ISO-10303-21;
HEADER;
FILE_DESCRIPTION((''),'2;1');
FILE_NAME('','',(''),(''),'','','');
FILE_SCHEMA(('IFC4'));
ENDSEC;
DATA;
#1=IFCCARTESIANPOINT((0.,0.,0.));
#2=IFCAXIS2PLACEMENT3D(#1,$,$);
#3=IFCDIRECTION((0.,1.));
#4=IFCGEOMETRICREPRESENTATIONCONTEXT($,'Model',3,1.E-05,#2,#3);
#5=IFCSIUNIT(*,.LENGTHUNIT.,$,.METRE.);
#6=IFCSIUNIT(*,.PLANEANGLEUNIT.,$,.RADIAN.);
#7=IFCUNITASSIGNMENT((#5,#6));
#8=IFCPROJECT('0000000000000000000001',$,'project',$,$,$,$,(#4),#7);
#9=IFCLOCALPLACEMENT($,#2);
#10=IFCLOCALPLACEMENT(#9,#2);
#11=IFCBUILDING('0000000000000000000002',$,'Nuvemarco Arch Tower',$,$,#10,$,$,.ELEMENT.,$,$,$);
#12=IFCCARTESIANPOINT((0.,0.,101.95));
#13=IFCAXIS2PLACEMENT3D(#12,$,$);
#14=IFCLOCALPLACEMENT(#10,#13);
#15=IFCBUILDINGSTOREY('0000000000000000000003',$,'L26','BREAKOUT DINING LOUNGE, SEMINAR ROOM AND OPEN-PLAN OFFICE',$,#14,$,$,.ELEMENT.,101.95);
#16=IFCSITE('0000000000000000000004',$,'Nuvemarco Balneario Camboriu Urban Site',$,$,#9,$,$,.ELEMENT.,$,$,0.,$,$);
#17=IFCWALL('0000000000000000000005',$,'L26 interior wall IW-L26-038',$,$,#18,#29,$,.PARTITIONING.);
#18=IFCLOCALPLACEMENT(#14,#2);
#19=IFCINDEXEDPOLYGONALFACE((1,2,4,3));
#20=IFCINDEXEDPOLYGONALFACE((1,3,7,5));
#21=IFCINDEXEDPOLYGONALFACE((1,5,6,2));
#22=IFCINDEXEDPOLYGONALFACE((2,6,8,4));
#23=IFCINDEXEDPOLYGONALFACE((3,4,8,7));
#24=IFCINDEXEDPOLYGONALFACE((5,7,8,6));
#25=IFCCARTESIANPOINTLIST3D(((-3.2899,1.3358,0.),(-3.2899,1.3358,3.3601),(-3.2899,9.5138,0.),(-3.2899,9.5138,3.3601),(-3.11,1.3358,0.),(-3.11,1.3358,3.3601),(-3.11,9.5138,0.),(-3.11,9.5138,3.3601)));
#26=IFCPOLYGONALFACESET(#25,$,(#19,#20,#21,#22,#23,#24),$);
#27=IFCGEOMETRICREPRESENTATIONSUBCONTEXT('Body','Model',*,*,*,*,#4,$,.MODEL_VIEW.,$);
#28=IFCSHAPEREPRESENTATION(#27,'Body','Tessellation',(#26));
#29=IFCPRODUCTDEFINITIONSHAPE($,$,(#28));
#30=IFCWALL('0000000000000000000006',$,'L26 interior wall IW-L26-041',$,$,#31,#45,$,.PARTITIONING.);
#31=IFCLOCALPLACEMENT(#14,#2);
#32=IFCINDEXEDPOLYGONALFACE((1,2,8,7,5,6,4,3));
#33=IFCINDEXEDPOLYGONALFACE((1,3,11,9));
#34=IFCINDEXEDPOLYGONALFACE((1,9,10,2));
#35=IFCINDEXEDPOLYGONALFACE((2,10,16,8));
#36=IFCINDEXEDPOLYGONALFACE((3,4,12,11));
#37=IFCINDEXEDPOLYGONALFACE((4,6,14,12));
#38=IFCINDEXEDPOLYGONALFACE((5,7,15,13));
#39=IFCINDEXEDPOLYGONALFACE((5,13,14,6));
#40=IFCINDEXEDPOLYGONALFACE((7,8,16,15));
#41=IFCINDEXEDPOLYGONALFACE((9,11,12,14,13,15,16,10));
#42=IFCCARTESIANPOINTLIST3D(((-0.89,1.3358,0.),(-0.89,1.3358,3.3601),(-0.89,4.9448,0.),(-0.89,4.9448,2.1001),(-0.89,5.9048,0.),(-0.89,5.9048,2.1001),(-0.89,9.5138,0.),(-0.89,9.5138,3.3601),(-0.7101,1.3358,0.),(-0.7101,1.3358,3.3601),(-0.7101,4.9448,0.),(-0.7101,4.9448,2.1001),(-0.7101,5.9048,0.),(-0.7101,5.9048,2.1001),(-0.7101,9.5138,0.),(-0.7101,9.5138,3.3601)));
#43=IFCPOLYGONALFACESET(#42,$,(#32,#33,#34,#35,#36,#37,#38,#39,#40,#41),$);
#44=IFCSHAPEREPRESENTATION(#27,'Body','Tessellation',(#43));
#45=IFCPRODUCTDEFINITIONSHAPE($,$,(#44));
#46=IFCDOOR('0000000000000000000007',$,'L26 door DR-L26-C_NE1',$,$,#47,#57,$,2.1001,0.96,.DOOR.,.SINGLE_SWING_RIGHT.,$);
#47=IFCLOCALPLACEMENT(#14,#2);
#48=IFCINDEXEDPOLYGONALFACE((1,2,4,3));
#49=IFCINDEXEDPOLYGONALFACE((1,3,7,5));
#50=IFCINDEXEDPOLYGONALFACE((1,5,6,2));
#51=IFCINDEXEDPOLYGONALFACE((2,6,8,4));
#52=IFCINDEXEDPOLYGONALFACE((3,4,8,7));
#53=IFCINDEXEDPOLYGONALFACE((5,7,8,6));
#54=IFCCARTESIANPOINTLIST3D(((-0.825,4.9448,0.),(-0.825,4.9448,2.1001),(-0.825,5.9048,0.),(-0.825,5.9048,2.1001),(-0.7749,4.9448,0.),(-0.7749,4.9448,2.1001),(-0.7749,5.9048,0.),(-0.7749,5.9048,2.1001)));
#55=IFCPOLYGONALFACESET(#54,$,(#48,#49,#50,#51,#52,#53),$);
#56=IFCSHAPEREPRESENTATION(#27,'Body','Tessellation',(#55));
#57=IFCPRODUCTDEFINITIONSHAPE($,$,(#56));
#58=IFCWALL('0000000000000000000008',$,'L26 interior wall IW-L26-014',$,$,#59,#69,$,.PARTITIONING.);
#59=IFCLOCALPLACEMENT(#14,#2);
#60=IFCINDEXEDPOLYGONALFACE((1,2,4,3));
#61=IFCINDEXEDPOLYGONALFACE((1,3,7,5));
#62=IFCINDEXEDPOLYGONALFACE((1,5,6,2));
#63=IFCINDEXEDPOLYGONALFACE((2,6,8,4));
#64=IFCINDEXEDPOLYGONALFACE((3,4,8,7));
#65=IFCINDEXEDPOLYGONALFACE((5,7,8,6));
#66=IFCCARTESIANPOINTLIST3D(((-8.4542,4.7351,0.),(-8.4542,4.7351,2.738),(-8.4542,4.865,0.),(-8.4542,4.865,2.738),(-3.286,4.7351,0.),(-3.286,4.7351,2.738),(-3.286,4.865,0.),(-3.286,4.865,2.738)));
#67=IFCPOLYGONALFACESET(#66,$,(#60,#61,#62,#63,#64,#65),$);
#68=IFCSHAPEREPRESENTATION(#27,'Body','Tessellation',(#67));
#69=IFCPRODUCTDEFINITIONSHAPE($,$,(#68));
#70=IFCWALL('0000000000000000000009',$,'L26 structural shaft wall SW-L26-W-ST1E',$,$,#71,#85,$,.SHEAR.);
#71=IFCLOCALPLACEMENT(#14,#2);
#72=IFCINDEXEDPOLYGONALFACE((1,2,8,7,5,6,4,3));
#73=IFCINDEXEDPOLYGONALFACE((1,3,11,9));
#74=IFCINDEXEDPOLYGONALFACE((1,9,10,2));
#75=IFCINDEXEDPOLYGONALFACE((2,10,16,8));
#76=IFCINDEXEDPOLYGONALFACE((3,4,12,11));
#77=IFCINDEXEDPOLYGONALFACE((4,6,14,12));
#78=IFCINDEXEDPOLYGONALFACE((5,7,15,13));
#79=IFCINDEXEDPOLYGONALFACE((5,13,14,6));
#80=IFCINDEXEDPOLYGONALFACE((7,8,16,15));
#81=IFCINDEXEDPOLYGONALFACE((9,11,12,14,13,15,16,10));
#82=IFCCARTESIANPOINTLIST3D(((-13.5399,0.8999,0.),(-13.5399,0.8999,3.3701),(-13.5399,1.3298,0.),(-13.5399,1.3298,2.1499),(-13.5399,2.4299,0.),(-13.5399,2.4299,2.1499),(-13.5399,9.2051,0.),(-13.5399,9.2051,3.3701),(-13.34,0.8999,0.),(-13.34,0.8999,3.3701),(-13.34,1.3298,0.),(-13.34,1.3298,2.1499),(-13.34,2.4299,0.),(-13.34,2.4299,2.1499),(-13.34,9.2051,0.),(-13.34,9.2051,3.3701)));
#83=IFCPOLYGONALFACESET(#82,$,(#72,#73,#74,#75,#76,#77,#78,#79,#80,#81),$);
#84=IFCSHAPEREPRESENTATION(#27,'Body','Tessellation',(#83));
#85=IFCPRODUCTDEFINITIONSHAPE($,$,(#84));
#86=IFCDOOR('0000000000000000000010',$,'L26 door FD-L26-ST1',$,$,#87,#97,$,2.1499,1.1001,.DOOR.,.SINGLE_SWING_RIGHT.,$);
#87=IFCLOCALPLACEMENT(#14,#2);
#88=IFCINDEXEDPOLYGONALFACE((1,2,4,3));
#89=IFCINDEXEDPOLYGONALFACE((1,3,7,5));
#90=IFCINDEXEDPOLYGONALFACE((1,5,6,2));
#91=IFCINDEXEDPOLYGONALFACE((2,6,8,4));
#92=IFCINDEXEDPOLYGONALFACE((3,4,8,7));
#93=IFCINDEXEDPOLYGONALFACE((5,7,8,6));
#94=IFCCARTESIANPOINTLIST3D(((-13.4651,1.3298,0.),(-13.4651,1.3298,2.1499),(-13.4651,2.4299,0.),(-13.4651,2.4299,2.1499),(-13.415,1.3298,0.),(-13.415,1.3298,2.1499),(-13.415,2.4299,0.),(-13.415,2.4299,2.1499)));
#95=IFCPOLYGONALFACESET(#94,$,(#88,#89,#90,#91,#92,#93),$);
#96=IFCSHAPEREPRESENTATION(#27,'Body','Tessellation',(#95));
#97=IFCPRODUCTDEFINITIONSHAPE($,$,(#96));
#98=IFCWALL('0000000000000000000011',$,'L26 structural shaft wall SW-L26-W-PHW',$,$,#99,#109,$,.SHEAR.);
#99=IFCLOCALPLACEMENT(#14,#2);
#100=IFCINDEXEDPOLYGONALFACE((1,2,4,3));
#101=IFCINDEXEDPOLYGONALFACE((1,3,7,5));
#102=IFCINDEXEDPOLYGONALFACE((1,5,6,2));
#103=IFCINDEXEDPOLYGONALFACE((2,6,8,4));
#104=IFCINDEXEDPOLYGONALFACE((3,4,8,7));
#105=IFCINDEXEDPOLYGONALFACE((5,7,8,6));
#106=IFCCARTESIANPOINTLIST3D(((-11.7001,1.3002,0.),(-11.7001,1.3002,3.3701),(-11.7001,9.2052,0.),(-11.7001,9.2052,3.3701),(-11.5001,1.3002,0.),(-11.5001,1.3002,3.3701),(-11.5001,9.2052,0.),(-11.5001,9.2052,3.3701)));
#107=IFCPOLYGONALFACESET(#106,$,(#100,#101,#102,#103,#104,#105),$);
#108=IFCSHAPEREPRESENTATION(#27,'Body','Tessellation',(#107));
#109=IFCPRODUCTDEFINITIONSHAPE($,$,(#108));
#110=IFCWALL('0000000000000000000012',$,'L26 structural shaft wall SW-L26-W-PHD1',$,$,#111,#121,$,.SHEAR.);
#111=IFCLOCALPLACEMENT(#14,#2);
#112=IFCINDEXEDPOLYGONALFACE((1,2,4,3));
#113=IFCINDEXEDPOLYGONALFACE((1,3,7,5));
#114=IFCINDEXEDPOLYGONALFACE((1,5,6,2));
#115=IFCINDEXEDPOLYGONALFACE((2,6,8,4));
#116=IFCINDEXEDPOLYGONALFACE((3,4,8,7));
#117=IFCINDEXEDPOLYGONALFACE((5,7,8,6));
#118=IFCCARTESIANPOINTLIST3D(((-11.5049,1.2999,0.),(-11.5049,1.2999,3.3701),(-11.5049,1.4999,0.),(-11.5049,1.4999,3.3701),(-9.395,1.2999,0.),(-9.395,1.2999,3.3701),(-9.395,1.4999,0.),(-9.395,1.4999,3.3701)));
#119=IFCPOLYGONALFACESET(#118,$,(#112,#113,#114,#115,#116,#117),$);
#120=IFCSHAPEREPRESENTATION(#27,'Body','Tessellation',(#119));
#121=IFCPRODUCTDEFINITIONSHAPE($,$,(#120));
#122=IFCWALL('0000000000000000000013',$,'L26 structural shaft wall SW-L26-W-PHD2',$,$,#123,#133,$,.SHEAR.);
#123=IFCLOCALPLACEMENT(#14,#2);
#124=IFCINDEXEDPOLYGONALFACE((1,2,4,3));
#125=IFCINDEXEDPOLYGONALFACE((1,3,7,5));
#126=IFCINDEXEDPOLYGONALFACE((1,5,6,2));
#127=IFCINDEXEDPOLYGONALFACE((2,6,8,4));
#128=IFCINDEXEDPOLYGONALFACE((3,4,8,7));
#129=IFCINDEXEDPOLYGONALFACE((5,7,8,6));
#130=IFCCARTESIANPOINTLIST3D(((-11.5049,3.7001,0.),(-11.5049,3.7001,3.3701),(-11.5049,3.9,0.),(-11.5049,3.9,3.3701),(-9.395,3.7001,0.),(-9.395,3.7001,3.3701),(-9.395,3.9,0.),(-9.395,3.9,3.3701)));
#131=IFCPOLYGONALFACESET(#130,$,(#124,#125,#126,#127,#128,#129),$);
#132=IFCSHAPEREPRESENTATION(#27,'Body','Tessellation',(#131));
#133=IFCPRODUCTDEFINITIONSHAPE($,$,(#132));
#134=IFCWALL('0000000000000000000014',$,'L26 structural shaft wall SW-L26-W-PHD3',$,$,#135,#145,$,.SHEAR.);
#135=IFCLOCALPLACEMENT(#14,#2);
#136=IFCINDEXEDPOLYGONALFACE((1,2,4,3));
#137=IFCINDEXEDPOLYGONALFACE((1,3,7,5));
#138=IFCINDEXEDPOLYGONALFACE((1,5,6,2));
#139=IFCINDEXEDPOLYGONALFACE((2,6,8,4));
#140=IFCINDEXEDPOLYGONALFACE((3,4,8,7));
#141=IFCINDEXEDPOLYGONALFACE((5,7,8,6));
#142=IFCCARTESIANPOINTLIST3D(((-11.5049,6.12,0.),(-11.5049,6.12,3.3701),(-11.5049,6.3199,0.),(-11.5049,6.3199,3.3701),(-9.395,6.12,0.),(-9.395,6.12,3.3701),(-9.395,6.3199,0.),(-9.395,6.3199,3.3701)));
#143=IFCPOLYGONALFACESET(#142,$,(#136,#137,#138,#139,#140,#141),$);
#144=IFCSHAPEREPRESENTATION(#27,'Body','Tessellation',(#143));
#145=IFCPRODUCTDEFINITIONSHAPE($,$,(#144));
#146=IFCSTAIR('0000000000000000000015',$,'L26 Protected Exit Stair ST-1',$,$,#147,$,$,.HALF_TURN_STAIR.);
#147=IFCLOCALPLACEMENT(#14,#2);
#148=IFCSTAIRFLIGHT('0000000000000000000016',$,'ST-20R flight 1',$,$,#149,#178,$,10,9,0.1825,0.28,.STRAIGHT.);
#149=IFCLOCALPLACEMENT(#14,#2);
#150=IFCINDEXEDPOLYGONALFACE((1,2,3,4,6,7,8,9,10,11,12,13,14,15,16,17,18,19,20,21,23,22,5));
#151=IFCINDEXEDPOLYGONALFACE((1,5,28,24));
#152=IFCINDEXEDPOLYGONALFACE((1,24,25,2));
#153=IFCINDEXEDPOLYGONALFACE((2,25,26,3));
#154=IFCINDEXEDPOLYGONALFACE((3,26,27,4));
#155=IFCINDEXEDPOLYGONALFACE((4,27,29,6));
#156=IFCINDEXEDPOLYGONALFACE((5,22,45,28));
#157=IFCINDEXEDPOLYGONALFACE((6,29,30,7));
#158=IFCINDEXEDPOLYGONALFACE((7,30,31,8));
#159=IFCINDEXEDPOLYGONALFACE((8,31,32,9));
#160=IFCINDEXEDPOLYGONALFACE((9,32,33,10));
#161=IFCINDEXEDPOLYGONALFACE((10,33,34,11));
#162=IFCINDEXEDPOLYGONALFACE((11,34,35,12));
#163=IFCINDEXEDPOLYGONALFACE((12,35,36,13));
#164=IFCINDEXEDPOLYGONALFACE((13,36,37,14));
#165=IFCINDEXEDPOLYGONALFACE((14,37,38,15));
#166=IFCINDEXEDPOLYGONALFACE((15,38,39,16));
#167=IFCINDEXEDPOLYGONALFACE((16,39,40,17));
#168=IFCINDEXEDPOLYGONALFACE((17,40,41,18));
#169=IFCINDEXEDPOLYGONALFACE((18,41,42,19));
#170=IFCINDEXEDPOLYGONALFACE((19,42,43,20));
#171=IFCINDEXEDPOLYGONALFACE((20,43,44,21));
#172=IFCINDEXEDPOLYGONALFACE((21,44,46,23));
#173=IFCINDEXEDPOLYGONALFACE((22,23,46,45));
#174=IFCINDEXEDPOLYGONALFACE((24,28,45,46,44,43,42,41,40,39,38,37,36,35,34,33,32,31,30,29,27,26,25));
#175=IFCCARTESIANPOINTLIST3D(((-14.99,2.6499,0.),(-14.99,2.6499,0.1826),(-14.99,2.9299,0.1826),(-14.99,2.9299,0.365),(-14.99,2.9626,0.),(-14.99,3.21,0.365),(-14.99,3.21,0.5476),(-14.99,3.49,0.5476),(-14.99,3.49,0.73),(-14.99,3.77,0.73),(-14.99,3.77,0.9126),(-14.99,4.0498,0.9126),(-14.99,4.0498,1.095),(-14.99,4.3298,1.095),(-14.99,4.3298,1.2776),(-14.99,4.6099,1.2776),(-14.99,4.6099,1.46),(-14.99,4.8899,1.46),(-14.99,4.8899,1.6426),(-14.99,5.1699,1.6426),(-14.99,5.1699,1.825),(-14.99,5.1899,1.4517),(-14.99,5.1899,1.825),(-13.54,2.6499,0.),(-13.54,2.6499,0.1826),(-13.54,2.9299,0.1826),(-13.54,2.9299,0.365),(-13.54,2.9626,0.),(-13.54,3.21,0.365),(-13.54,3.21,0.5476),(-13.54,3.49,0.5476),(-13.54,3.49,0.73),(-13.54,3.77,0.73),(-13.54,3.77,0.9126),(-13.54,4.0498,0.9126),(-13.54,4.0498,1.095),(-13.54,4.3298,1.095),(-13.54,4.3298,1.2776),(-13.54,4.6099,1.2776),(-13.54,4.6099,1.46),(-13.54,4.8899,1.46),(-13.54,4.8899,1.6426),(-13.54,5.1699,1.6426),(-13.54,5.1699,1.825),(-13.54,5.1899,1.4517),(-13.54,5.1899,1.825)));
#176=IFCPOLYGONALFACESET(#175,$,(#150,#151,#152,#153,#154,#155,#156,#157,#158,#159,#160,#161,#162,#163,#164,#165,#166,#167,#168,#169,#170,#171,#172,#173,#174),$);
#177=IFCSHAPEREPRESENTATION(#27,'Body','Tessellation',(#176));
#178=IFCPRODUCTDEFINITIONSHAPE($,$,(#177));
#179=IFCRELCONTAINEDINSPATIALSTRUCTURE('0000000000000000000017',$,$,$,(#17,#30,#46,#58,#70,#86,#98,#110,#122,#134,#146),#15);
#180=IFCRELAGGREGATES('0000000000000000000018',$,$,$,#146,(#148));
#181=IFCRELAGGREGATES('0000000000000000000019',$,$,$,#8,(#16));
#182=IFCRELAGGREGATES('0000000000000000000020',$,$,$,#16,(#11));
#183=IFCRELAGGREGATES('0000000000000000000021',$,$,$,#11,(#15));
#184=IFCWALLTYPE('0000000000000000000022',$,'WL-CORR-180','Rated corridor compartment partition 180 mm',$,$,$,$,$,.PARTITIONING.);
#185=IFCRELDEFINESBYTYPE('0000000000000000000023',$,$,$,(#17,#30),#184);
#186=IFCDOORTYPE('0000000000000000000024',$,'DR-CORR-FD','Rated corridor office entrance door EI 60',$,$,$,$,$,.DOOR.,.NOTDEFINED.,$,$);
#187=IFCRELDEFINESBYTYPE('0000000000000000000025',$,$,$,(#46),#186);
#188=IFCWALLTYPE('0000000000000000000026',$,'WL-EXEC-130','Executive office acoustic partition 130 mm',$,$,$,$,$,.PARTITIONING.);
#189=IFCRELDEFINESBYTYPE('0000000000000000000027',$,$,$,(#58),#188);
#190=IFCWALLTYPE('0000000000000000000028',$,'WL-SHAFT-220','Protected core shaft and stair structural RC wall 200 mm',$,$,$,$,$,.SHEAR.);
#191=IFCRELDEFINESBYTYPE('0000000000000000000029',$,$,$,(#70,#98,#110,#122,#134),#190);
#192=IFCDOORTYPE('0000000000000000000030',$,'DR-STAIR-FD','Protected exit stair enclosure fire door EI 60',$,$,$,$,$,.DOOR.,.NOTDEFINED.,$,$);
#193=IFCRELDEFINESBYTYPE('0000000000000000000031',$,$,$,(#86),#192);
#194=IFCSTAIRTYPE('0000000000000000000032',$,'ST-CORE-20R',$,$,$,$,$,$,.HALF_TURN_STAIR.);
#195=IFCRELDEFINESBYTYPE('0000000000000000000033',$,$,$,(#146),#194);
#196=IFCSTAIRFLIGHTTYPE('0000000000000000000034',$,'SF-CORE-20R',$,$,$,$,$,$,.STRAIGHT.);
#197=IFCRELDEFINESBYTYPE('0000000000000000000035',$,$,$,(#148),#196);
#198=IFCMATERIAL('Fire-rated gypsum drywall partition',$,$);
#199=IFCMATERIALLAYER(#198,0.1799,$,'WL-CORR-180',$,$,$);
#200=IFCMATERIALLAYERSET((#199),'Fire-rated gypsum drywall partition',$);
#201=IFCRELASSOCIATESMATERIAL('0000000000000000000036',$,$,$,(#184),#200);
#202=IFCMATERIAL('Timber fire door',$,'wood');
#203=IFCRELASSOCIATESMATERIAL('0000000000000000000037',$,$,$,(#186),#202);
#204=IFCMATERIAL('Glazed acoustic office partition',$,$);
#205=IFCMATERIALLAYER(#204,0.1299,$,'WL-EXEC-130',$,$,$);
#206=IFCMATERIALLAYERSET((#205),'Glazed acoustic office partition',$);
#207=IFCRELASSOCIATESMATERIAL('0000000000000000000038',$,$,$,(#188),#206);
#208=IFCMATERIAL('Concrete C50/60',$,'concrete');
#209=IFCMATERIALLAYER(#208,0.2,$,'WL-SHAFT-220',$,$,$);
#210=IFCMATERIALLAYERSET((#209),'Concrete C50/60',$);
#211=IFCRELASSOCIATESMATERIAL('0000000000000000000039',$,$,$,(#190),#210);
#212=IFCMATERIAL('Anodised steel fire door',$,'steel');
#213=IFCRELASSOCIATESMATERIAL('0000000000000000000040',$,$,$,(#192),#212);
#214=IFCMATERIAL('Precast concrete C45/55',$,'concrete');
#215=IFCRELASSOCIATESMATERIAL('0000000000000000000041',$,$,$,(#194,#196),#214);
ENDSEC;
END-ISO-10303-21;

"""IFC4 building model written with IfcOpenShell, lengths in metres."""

from ifc_helpers import new_model, si_unit, direction, frame, frame_2d, origin, place, context, subcontext, project, spatial, polyline, rectangle, outline, extrude, source, transform, mapped, material, layer, layer_set, type_object, type_shapes, element, fill, aggregate, save


model = new_model("IFC4")

# Units and contexts
model_context = context("Model", 3, precision=1e-05, world=origin(), true_north=direction((0.0, 1.0)))
body_context = subcontext(model_context, "Body", "Model", "MODEL_VIEW")
ifc_project = project(units=[si_unit("LENGTHUNIT", "METRE"), si_unit("PLANEANGLEUNIT", "RADIAN")], contexts=[model_context])

# Site, building, storey
site_placement = place(None, origin())
site = spatial("IfcSite", under=ifc_project, at=site_placement, Name="Nuvemarco Balneario Camboriu Urban Site", CompositionType="ELEMENT", RefElevation=0.0)
building_placement = place(site_placement, origin())
building = spatial("IfcBuilding", under=site, at=building_placement, Name="Nuvemarco Arch Tower", CompositionType="ELEMENT")
storey_placement = place(building_placement, frame((0.0, 0.0, 101.95)))
storey = spatial("IfcBuildingStorey", under=building, at=storey_placement, Name="L26", Description="BREAKOUT DINING LOUNGE, SEMINAR ROOM AND OPEN-PLAN OFFICE", CompositionType="ELEMENT", Elevation=101.95)

# Shared definitions
ifc_material_1 = material(Name="Fire-rated gypsum drywall partition")
ifc_layer_1 = layer(ifc_material_1, 0.1799, Name="WL-CORR-180")
ifc_layer_set_1 = layer_set([ifc_layer_1], Name="Fire-rated gypsum drywall partition")
wall_type_1 = type_object("IfcWallType", Name="WL-CORR-180", Description="Rated corridor compartment partition 180 mm", PredefinedType="PARTITIONING", material=ifc_layer_set_1)
ifc_material_2 = material(Name="Timber fire door", Category="wood")
door_type_1 = type_object("IfcDoorType", Name="DR-CORR-FD", Description="Rated corridor office entrance door EI 60", OperationType="NOTDEFINED", PredefinedType="DOOR", material=ifc_material_2)
shared_shape_1 = source(origin(), body_context, "Body", "SweptSolid", [
    extrude(rectangle(XDim=0.96, YDim=2.1001, at=frame_2d((0.48, 1.05))), frame((0.0, 0.0249, 0.0), z_axis=(0.0, -1.0, 0.0), x_axis=(1.0, 0.0, 0.0)), (0.0, 0.0, 1.0), 0.05),
])
type_shapes(door_type_1, [shared_shape_1])

# Wall
wall_1_placement = place(storey_placement, frame((-3.2, 1.3359, 0.0), z_axis=(0.0, 0.0, 1.0), x_axis=(0.0, 1.0, 0.0)))
element("IfcWall", 1, at=wall_1_placement, inside=storey, type_object=wall_type_1, Name="L26 interior wall IW-L26-038", PredefinedType="PARTITIONING", context=body_context, shape_type="SweptSolid", body=[
    extrude(rectangle(XDim=8.178, YDim=0.1799, at=frame_2d((4.0889, 0.0))), origin(), (0.0, 0.0, 1.0), 3.3601),
])

# Wall, opening, door
wall_2_placement = place(storey_placement, frame((-0.8, 1.3359, 0.0), z_axis=(0.0, 0.0, 1.0), x_axis=(0.0, 1.0, 0.0)))
wall_2 = element("IfcWall", 2, at=wall_2_placement, inside=storey, type_object=wall_type_1, Name="L26 interior wall IW-L26-041", PredefinedType="PARTITIONING", context=body_context, shape_type="SweptSolid", body=[
    extrude(rectangle(XDim=8.178, YDim=0.1799, at=frame_2d((4.0889, 0.0))), origin(), (0.0, 0.0, 1.0), 3.3601),
])
opening_1_placement = place(wall_2_placement, frame((3.6089, 0.0, 0.0)))
opening_1 = element("IfcOpeningElement", 3, at=opening_1_placement, cuts=wall_2, PredefinedType="OPENING", context=body_context, shape_type="SweptSolid", body=[
    extrude(rectangle(XDim=0.96, YDim=2.1001, at=frame_2d((0.48, 1.05))), frame((0.0, 0.0999, 0.0), z_axis=(0.0, -1.0, 0.0), x_axis=(1.0, 0.0, 0.0)), (0.0, 0.0, 1.0), 0.2),
])
door_1_placement = place(opening_1_placement, origin())
door_1 = element("IfcDoor", 4, at=door_1_placement, inside=storey, type_object=door_type_1, Name="L26 door DR-L26-C_NE1", OperationType="SINGLE_SWING_RIGHT", OverallHeight=2.1001, OverallWidth=0.96, PredefinedType="DOOR", context=body_context, shape_type="MappedRepresentation", body=[
    mapped(shared_shape_1, transform((0.0, 0.0, 0.0), scale=1.0)),
])
fill(opening_1, door_1)

# Wall
ifc_material_3 = material(Name="Glazed acoustic office partition")
ifc_layer_2 = layer(ifc_material_3, 0.1299, Name="WL-EXEC-130")
ifc_layer_set_2 = layer_set([ifc_layer_2], Name="Glazed acoustic office partition")
wall_type_2 = type_object("IfcWallType", Name="WL-EXEC-130", Description="Executive office acoustic partition 130 mm", PredefinedType="PARTITIONING", material=ifc_layer_set_2)
wall_3_placement = place(storey_placement, frame((-8.4541, 4.8, 0.0), z_axis=(0.0, 0.0, 1.0), x_axis=(1.0, 0.0, 0.0)))
element("IfcWall", 5, at=wall_3_placement, inside=storey, type_object=wall_type_2, Name="L26 interior wall IW-L26-014", PredefinedType="PARTITIONING", context=body_context, shape_type="SweptSolid", body=[
    extrude(rectangle(XDim=5.1682, YDim=0.1299, at=frame_2d((2.584, 0.0))), origin(), (0.0, 0.0, 1.0), 2.738),
])

# Wall, opening, door
ifc_material_4 = material(Name="Concrete C50/60", Category="concrete")
ifc_layer_3 = layer(ifc_material_4, 0.2, Name="WL-SHAFT-220")
ifc_layer_set_3 = layer_set([ifc_layer_3], Name="Concrete C50/60")
wall_type_3 = type_object("IfcWallType", Name="WL-SHAFT-220", Description="Protected core shaft and stair structural RC wall 200 mm", PredefinedType="SHEAR", material=ifc_layer_set_3)
wall_4_placement = place(storey_placement, frame((-13.4399, 0.8999, 0.0), z_axis=(0.0, 0.0, 1.0), x_axis=(0.0, 1.0, 0.0)))
wall_4 = element("IfcWall", 6, at=wall_4_placement, inside=storey, type_object=wall_type_3, Name="L26 structural shaft wall SW-L26-W-ST1E", PredefinedType="SHEAR", context=body_context, shape_type="SweptSolid", body=[
    extrude(rectangle(XDim=8.3052, YDim=0.2, at=frame_2d((4.1526, 0.0))), origin(), (0.0, 0.0, 1.0), 3.3701),
])
opening_2_placement = place(wall_4_placement, frame((1.53, 0.0, 0.0), z_axis=(0.0, 0.0, 1.0), x_axis=(-1.0, 0.0, 0.0)))
opening_2 = element("IfcOpeningElement", 7, at=opening_2_placement, cuts=wall_4, PredefinedType="OPENING", context=body_context, shape_type="SweptSolid", body=[
    extrude(rectangle(XDim=1.1001, YDim=2.1499, at=frame_2d((0.55, 1.075))), frame((0.0, 0.1099, 0.0), z_axis=(0.0, -1.0, 0.0), x_axis=(1.0, 0.0, 0.0)), (0.0, 0.0, 1.0), 0.22),
])
ifc_material_5 = material(Name="Anodised steel fire door", Category="steel")
door_type_2 = type_object("IfcDoorType", Name="DR-STAIR-FD", Description="Protected exit stair enclosure fire door EI 60", OperationType="NOTDEFINED", PredefinedType="DOOR", material=ifc_material_5)
shared_shape_2 = source(origin(), body_context, "Body", "SweptSolid", [
    extrude(rectangle(XDim=1.1001, YDim=2.1499, at=frame_2d((0.55, 1.075))), frame((0.0, 0.0249, 0.0), z_axis=(0.0, -1.0, 0.0), x_axis=(1.0, 0.0, 0.0)), (0.0, 0.0, 1.0), 0.05),
])
type_shapes(door_type_2, [shared_shape_2])
door_2_placement = place(opening_2_placement, origin())
door_2 = element("IfcDoor", 8, at=door_2_placement, inside=storey, type_object=door_type_2, Name="L26 door FD-L26-ST1", OperationType="SINGLE_SWING_RIGHT", OverallHeight=2.1499, OverallWidth=1.1001, PredefinedType="DOOR", context=body_context, shape_type="MappedRepresentation", body=[
    mapped(shared_shape_2, transform((0.0, 0.0, 0.0), scale=1.0)),
])
fill(opening_2, door_2)

# Walls
wall_5_placement = place(storey_placement, frame((-11.6001, 1.3, 0.0), z_axis=(0.0, 0.0, 1.0), x_axis=(0.0, 1.0, 0.0)))
element("IfcWall", 9, at=wall_5_placement, inside=storey, type_object=wall_type_3, Name="L26 structural shaft wall SW-L26-W-PHW", PredefinedType="SHEAR", context=body_context, shape_type="SweptSolid", body=[
    extrude(rectangle(XDim=7.905, YDim=0.2, at=frame_2d((3.9526, 0.0))), origin(), (0.0, 0.0, 1.0), 3.3701),
])
for number, where, z_axis, x_axis, name in (
    (10, (-11.5049, 1.3999, 0.0), (0.0, 0.0, 1.0), (1.0, 0.0, 0.0), "L26 structural shaft wall SW-L26-W-PHD1"),
    (11, (-11.5049, 3.8, 0.0), (0.0, 0.0, 1.0), (1.0, 0.0, 0.0), "L26 structural shaft wall SW-L26-W-PHD2"),
    (12, (-11.5049, 6.22, 0.0), (0.0, 0.0, 1.0), (1.0, 0.0, 0.0), "L26 structural shaft wall SW-L26-W-PHD3"),
):
    element("IfcWall", number, at=place(storey_placement, frame(where, z_axis=z_axis, x_axis=x_axis)), inside=storey, type_object=wall_type_3, Name=name, PredefinedType="SHEAR", context=body_context, shape_type="SweptSolid", body=[
        extrude(rectangle(XDim=2.1099, YDim=0.2, at=frame_2d((1.0549, 0.0))), origin(), (0.0, 0.0, 1.0), 3.3701),
    ])

# Stair, stair flight
ifc_material_6 = material(Name="Precast concrete C45/55", Category="concrete")
stair_type = type_object("IfcStairType", Name="ST-CORE-20R", PredefinedType="HALF_TURN_STAIR", material=ifc_material_6)
stair_placement = place(storey_placement, origin())
stair = element("IfcStair", 13, at=stair_placement, inside=storey, type_object=stair_type, Name="L26 Protected Exit Stair ST-1", PredefinedType="HALF_TURN_STAIR")
stair_flight_type = type_object("IfcStairFlightType", Name="SF-CORE-20R", PredefinedType="STRAIGHT", material=ifc_material_6)
stair_flight_placement = place(storey_placement, frame((-14.2649, 2.6499, 0.0), z_axis=(0.0, 0.0, 1.0), x_axis=(0.0, 1.0, 0.0)))
stair_flight = element("IfcStairFlight", 14, at=stair_flight_placement, type_object=stair_flight_type, Name="ST-20R flight 1", NumberOfRisers=10, NumberOfTreads=9, PredefinedType="STRAIGHT", RiserHeight=0.1825, TreadLength=0.28, context=body_context, shape_type="SweptSolid", body=[
    extrude(outline(polyline([(0.0, 0.0), (0.0, 0.1826), (0.28, 0.1826), (0.28, 0.365), (0.5601, 0.365), (0.5601, 0.5476), (0.8401, 0.5476), (0.8401, 0.73), (1.1201, 0.73), (1.1201, 0.9126), (1.3999, 0.9126), (1.3999, 1.095), (1.6799, 1.095), (1.6799, 1.2776), (1.96, 1.2776), (1.96, 1.46), (2.24, 1.46), (2.24, 1.6426), (2.52, 1.6426), (2.52, 1.825), (2.54, 1.825), (2.54, 1.4517), (0.3127, 0.0), (0.0, 0.0)])), frame((0.0, 0.7251, 0.0), z_axis=(0.0, -1.0, 0.0), x_axis=(1.0, 0.0, 0.0)), (0.0, 0.0, 1.0), 1.45),
])
aggregate(stair, [stair_flight])

save(model, "model.ifc")
